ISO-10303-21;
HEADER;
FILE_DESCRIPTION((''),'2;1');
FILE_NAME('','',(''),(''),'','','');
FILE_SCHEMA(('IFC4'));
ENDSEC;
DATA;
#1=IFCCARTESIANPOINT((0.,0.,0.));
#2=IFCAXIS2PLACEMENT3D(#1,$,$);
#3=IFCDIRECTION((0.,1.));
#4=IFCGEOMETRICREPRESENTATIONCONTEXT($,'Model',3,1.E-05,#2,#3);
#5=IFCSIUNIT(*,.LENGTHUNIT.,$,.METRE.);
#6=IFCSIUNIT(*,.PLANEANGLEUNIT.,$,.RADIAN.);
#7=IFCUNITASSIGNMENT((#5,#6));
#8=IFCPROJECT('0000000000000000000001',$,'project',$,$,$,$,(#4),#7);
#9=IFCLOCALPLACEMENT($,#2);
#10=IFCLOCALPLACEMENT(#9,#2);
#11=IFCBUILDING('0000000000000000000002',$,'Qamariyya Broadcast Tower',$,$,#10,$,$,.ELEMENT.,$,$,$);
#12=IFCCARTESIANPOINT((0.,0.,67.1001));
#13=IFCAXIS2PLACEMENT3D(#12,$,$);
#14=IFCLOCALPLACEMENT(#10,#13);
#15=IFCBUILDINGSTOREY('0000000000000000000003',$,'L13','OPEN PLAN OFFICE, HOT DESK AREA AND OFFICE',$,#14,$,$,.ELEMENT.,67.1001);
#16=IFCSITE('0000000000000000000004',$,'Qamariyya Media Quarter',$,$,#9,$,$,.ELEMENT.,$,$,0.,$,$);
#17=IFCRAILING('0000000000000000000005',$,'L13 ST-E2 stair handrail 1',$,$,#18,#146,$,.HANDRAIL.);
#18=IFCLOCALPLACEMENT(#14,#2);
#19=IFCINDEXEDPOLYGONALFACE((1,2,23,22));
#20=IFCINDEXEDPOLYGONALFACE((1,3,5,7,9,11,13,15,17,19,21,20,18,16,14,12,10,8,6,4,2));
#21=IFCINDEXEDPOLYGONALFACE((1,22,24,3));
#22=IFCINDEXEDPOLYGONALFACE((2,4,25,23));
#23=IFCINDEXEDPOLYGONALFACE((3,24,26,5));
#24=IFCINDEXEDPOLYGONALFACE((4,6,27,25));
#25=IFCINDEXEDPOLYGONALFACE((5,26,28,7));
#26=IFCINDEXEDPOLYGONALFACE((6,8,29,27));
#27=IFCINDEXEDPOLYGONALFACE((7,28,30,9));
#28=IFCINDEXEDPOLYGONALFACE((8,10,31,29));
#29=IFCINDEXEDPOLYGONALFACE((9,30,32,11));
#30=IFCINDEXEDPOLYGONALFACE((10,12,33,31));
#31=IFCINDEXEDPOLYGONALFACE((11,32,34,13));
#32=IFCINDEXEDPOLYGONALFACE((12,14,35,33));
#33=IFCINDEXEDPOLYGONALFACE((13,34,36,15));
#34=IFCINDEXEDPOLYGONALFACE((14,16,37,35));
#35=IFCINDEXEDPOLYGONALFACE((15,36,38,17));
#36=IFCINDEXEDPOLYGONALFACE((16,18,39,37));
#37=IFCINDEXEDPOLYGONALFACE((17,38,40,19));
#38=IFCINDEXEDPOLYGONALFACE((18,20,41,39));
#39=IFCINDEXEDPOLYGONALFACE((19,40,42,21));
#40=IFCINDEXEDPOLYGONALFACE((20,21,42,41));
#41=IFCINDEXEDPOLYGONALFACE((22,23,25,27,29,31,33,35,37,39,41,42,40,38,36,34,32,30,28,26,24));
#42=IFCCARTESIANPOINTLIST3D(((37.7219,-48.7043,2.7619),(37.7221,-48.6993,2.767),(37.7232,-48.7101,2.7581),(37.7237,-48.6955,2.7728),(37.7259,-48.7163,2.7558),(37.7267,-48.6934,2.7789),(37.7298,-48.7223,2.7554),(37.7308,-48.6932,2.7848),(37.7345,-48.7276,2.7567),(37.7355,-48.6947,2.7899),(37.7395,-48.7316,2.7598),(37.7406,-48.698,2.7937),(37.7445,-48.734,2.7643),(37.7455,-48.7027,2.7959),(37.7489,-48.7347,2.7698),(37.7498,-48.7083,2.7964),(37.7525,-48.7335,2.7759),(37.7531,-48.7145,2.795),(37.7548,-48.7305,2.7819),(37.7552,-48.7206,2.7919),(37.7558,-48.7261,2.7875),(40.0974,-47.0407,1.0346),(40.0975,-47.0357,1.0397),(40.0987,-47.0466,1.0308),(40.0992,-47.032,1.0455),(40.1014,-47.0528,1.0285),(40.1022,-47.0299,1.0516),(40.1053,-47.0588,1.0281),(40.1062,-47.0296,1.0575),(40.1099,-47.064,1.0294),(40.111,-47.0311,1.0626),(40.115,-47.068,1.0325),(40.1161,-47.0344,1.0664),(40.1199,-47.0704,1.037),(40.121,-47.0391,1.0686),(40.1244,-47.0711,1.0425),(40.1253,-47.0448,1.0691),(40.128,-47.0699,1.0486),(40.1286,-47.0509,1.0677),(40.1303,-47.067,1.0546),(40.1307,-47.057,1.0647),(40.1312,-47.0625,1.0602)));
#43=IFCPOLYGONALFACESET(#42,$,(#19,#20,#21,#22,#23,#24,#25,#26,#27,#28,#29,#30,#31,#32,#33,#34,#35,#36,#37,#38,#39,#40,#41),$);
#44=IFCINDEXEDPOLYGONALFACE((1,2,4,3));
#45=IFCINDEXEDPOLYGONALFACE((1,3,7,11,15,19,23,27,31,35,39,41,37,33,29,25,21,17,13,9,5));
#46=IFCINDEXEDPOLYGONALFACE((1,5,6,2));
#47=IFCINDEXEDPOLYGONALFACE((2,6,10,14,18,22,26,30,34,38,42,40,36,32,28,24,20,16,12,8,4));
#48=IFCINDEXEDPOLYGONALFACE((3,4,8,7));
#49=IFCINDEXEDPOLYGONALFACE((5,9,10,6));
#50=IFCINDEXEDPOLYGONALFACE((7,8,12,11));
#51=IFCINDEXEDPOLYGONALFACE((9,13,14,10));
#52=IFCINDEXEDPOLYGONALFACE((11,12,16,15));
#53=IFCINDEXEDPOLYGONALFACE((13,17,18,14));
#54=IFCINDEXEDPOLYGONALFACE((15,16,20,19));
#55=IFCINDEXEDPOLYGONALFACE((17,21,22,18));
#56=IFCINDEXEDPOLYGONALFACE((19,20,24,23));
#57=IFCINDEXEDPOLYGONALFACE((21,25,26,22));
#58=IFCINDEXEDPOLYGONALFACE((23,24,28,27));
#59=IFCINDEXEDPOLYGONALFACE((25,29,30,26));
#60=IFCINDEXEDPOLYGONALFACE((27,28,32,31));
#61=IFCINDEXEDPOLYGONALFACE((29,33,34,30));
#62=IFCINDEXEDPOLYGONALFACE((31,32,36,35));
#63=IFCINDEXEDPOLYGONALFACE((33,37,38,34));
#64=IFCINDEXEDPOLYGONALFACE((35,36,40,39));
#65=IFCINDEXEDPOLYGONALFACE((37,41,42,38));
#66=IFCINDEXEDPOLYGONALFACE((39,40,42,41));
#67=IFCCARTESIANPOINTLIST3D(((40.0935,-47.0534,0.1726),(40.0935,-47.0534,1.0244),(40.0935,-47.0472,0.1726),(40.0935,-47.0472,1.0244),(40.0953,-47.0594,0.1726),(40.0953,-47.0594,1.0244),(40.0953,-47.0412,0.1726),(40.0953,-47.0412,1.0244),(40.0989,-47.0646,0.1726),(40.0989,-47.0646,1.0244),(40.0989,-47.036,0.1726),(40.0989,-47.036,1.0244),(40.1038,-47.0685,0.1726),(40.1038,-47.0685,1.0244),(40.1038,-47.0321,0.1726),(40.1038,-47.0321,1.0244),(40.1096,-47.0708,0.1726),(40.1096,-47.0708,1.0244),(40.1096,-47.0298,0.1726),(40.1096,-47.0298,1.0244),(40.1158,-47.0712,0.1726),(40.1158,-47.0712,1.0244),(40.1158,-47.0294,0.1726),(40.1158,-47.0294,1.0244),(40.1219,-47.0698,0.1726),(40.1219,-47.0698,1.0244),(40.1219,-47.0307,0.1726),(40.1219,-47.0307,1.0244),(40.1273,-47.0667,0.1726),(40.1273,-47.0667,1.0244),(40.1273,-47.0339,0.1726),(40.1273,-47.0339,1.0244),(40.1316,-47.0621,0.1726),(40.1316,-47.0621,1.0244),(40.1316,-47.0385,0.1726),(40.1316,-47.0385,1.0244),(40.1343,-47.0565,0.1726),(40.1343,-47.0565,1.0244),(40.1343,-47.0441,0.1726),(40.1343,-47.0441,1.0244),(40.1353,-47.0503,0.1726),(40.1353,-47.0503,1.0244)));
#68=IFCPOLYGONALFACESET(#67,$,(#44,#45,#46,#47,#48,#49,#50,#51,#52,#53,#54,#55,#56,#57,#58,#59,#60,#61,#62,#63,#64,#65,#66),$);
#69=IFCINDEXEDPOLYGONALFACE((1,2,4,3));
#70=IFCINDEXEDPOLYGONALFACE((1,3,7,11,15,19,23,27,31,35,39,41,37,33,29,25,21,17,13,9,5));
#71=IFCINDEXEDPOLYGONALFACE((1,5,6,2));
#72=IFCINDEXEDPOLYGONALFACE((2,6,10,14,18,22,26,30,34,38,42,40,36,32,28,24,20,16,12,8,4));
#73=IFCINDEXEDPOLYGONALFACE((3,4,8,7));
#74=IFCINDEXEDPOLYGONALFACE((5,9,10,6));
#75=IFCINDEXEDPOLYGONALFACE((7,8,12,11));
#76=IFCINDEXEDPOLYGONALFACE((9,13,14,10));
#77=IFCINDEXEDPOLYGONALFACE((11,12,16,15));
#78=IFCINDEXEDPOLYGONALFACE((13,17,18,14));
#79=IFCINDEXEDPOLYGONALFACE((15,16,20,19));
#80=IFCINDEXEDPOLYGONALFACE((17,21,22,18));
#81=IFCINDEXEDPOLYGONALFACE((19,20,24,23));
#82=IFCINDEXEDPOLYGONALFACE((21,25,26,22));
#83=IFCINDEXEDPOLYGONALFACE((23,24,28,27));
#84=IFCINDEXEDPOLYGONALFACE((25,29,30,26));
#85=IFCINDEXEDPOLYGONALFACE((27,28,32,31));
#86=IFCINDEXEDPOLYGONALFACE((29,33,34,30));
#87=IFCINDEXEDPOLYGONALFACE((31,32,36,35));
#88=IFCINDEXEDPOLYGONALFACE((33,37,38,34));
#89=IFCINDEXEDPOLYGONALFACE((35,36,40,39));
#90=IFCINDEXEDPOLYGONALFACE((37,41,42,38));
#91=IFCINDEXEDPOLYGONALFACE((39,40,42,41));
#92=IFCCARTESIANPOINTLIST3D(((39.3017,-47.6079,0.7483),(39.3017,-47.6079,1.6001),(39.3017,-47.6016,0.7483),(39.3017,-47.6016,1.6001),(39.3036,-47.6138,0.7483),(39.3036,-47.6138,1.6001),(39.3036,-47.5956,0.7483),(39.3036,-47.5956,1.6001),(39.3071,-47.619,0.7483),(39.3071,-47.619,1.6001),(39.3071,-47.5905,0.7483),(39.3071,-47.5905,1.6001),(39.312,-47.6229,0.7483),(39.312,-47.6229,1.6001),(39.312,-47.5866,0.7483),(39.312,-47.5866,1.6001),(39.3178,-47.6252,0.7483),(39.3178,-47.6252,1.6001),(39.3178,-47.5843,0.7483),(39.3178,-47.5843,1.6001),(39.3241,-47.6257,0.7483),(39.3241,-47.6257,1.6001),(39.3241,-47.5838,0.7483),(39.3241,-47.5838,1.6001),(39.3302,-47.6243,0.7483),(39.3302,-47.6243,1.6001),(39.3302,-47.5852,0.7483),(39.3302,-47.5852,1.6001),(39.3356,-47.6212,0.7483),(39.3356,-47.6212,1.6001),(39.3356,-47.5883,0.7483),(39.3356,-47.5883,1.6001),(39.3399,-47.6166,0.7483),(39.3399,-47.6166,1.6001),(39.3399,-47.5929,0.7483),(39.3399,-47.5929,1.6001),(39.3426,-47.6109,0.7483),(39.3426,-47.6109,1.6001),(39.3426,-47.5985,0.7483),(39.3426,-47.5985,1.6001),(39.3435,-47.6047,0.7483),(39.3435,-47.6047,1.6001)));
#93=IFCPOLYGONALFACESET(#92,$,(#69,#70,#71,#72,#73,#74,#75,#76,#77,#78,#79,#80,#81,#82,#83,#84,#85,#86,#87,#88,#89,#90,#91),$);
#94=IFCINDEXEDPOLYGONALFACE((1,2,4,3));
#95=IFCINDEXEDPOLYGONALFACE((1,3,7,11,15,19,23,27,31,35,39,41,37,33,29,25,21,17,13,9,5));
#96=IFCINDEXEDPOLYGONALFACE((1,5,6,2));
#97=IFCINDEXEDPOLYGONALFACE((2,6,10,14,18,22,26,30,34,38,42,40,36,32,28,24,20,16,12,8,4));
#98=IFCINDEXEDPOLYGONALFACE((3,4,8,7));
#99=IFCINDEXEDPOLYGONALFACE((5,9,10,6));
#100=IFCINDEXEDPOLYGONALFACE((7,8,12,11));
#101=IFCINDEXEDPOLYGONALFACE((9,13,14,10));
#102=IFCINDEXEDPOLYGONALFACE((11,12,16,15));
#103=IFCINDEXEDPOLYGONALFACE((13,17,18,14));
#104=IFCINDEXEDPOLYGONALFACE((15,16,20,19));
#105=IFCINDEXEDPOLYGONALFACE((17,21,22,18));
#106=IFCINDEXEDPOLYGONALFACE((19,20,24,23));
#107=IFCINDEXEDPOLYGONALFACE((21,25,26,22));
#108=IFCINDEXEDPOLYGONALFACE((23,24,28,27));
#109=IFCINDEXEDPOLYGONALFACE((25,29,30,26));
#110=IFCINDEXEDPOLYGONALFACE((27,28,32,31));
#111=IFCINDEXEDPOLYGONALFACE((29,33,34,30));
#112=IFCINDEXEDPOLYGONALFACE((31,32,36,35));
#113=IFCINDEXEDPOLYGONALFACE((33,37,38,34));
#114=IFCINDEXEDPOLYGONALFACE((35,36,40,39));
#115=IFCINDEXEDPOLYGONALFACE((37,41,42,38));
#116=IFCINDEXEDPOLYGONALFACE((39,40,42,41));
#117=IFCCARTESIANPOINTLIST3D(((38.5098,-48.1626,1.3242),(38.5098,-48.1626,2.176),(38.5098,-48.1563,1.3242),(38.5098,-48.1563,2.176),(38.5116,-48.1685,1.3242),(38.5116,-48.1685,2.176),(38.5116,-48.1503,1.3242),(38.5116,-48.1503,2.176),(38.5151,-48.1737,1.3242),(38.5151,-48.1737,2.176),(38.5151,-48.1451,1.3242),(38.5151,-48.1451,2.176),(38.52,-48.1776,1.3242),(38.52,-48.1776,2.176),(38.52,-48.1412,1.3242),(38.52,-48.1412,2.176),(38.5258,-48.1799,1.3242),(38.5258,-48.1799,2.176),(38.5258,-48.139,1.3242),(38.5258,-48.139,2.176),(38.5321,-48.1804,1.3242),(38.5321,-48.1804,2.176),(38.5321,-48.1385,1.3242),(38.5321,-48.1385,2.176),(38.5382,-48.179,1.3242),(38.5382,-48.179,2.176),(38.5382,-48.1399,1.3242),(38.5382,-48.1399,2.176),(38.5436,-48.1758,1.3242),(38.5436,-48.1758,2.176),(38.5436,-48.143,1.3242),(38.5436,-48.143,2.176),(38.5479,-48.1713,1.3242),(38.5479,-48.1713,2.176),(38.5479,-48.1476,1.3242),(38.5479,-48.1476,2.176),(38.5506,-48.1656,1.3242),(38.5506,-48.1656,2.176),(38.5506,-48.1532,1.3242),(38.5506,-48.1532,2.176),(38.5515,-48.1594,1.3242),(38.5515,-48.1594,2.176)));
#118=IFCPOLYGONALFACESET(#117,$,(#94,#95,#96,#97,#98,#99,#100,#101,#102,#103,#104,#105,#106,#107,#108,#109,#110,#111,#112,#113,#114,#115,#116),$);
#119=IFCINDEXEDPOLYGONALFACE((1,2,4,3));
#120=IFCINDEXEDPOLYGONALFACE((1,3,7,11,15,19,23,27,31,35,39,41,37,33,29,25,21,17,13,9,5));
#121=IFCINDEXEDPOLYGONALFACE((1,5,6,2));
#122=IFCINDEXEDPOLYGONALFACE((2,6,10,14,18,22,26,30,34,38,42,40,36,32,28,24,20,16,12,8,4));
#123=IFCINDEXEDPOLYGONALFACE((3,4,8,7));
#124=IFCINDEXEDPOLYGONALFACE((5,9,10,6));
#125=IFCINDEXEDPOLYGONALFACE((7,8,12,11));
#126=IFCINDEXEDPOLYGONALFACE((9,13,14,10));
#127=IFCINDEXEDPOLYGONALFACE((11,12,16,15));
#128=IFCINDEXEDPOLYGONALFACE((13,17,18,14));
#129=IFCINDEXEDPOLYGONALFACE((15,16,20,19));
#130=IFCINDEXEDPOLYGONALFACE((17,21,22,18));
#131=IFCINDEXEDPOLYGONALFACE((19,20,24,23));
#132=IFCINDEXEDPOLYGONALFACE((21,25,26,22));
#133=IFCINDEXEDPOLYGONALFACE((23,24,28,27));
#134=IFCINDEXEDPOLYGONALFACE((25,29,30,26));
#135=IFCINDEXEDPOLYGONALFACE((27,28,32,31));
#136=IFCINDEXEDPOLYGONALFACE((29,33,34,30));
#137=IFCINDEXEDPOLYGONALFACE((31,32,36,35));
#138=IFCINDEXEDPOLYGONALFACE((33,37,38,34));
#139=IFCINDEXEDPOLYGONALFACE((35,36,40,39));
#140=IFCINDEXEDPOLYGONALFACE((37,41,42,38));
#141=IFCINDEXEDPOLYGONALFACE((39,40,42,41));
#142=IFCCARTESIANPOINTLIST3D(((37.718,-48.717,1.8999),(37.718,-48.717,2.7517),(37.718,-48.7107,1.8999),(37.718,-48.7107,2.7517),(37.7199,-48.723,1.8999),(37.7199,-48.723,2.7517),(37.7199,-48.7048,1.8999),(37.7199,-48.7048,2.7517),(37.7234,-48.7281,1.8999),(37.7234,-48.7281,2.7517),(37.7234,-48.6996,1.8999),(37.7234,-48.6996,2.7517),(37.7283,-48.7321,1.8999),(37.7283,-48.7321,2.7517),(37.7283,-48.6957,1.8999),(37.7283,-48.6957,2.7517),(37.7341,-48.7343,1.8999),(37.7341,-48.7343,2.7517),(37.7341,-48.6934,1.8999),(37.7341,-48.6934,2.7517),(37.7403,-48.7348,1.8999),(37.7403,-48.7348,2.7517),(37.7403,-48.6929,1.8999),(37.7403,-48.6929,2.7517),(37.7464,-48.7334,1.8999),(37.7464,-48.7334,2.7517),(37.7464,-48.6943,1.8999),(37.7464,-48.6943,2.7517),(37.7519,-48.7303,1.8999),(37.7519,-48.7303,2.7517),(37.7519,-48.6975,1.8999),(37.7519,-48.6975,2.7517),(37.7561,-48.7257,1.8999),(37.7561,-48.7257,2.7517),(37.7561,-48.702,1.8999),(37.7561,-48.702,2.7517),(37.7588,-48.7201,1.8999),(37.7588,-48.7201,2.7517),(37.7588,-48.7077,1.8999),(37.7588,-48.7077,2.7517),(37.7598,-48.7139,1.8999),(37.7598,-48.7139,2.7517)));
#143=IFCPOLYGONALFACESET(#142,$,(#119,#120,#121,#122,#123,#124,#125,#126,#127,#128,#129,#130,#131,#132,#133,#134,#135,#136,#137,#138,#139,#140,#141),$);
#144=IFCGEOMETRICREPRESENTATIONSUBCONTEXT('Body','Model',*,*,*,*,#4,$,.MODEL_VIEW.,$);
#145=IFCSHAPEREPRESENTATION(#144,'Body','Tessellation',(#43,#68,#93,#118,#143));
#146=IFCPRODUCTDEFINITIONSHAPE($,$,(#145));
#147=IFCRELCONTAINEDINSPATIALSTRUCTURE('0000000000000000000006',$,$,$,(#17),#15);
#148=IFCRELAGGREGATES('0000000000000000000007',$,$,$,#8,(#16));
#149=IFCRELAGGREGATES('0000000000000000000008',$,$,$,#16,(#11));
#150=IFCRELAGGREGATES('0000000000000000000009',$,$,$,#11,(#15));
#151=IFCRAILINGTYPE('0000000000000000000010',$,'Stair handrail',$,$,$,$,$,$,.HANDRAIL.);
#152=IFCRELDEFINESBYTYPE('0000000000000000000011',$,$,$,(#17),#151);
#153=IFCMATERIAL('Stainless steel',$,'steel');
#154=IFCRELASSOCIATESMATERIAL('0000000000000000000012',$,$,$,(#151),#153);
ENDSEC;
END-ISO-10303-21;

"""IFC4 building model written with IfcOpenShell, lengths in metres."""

from ifc_helpers import new_model, si_unit, direction, frame, origin, origin_2d, place, context, subcontext, project, spatial, circle, extrude, material, type_object, element, save


model = new_model("IFC4")

# Units and contexts
model_context = context("Model", 3, precision=1e-05, world=origin(), true_north=direction((0.0, 1.0)))
body_context = subcontext(model_context, "Body", "Model", "MODEL_VIEW")
ifc_project = project(units=[si_unit("LENGTHUNIT", "METRE"), si_unit("PLANEANGLEUNIT", "RADIAN")], contexts=[model_context])

# Site, building, storey
site_placement = place(None, origin())
site = spatial("IfcSite", under=ifc_project, at=site_placement, Name="Qamariyya Media Quarter", CompositionType="ELEMENT", RefElevation=0.0)
building_placement = place(site_placement, origin())
building = spatial("IfcBuilding", under=site, at=building_placement, Name="Qamariyya Broadcast Tower", CompositionType="ELEMENT")
storey_placement = place(building_placement, frame((0.0, 0.0, 67.1001)))
storey = spatial("IfcBuildingStorey", under=building, at=storey_placement, Name="L13", Description="OPEN PLAN OFFICE, HOT DESK AREA AND OFFICE", CompositionType="ELEMENT", Elevation=67.1001)

# Railing
ifc_material_1 = material(Name="Stainless steel", Category="steel")
railing_type_1 = type_object("IfcRailingType", Name="Stair handrail", PredefinedType="HANDRAIL", material=ifc_material_1)
railing_1_placement = place(storey_placement, frame((40.1143, -47.0503, 0.1726)))
element("IfcRailing", 1, at=railing_1_placement, inside=storey, type_object=railing_type_1, Name="L13 ST-E2 stair handrail 1", PredefinedType="HANDRAIL", context=body_context, shape_type="SweptSolid", body=[
    extrude(circle(Radius=0.0239, at=origin_2d()), frame((0.0, 0.0, 0.876), z_axis=(-0.703745, -0.492838, 0.511716), x_axis=(0.573632, -0.819113, 0.0)), (0.0, 0.0, 1.0), 3.3755),
    extrude(circle(Radius=0.021, at=origin_2d()), origin(), (0.0, 0.0, 1.0), 0.8518),
    extrude(circle(Radius=0.021, at=origin_2d()), frame((-0.7917, -0.5544, 0.5757)), (0.0, 0.0, 1.0), 0.8518),
    extrude(circle(Radius=0.021, at=origin_2d()), frame((-1.5837, -1.1091, 1.1516)), (0.0, 0.0, 1.0), 0.8518),
    extrude(circle(Radius=0.021, at=origin_2d()), frame((-2.3755, -1.6636, 1.7273)), (0.0, 0.0, 1.0), 0.8518),
])

save(model, "model.ifc")
